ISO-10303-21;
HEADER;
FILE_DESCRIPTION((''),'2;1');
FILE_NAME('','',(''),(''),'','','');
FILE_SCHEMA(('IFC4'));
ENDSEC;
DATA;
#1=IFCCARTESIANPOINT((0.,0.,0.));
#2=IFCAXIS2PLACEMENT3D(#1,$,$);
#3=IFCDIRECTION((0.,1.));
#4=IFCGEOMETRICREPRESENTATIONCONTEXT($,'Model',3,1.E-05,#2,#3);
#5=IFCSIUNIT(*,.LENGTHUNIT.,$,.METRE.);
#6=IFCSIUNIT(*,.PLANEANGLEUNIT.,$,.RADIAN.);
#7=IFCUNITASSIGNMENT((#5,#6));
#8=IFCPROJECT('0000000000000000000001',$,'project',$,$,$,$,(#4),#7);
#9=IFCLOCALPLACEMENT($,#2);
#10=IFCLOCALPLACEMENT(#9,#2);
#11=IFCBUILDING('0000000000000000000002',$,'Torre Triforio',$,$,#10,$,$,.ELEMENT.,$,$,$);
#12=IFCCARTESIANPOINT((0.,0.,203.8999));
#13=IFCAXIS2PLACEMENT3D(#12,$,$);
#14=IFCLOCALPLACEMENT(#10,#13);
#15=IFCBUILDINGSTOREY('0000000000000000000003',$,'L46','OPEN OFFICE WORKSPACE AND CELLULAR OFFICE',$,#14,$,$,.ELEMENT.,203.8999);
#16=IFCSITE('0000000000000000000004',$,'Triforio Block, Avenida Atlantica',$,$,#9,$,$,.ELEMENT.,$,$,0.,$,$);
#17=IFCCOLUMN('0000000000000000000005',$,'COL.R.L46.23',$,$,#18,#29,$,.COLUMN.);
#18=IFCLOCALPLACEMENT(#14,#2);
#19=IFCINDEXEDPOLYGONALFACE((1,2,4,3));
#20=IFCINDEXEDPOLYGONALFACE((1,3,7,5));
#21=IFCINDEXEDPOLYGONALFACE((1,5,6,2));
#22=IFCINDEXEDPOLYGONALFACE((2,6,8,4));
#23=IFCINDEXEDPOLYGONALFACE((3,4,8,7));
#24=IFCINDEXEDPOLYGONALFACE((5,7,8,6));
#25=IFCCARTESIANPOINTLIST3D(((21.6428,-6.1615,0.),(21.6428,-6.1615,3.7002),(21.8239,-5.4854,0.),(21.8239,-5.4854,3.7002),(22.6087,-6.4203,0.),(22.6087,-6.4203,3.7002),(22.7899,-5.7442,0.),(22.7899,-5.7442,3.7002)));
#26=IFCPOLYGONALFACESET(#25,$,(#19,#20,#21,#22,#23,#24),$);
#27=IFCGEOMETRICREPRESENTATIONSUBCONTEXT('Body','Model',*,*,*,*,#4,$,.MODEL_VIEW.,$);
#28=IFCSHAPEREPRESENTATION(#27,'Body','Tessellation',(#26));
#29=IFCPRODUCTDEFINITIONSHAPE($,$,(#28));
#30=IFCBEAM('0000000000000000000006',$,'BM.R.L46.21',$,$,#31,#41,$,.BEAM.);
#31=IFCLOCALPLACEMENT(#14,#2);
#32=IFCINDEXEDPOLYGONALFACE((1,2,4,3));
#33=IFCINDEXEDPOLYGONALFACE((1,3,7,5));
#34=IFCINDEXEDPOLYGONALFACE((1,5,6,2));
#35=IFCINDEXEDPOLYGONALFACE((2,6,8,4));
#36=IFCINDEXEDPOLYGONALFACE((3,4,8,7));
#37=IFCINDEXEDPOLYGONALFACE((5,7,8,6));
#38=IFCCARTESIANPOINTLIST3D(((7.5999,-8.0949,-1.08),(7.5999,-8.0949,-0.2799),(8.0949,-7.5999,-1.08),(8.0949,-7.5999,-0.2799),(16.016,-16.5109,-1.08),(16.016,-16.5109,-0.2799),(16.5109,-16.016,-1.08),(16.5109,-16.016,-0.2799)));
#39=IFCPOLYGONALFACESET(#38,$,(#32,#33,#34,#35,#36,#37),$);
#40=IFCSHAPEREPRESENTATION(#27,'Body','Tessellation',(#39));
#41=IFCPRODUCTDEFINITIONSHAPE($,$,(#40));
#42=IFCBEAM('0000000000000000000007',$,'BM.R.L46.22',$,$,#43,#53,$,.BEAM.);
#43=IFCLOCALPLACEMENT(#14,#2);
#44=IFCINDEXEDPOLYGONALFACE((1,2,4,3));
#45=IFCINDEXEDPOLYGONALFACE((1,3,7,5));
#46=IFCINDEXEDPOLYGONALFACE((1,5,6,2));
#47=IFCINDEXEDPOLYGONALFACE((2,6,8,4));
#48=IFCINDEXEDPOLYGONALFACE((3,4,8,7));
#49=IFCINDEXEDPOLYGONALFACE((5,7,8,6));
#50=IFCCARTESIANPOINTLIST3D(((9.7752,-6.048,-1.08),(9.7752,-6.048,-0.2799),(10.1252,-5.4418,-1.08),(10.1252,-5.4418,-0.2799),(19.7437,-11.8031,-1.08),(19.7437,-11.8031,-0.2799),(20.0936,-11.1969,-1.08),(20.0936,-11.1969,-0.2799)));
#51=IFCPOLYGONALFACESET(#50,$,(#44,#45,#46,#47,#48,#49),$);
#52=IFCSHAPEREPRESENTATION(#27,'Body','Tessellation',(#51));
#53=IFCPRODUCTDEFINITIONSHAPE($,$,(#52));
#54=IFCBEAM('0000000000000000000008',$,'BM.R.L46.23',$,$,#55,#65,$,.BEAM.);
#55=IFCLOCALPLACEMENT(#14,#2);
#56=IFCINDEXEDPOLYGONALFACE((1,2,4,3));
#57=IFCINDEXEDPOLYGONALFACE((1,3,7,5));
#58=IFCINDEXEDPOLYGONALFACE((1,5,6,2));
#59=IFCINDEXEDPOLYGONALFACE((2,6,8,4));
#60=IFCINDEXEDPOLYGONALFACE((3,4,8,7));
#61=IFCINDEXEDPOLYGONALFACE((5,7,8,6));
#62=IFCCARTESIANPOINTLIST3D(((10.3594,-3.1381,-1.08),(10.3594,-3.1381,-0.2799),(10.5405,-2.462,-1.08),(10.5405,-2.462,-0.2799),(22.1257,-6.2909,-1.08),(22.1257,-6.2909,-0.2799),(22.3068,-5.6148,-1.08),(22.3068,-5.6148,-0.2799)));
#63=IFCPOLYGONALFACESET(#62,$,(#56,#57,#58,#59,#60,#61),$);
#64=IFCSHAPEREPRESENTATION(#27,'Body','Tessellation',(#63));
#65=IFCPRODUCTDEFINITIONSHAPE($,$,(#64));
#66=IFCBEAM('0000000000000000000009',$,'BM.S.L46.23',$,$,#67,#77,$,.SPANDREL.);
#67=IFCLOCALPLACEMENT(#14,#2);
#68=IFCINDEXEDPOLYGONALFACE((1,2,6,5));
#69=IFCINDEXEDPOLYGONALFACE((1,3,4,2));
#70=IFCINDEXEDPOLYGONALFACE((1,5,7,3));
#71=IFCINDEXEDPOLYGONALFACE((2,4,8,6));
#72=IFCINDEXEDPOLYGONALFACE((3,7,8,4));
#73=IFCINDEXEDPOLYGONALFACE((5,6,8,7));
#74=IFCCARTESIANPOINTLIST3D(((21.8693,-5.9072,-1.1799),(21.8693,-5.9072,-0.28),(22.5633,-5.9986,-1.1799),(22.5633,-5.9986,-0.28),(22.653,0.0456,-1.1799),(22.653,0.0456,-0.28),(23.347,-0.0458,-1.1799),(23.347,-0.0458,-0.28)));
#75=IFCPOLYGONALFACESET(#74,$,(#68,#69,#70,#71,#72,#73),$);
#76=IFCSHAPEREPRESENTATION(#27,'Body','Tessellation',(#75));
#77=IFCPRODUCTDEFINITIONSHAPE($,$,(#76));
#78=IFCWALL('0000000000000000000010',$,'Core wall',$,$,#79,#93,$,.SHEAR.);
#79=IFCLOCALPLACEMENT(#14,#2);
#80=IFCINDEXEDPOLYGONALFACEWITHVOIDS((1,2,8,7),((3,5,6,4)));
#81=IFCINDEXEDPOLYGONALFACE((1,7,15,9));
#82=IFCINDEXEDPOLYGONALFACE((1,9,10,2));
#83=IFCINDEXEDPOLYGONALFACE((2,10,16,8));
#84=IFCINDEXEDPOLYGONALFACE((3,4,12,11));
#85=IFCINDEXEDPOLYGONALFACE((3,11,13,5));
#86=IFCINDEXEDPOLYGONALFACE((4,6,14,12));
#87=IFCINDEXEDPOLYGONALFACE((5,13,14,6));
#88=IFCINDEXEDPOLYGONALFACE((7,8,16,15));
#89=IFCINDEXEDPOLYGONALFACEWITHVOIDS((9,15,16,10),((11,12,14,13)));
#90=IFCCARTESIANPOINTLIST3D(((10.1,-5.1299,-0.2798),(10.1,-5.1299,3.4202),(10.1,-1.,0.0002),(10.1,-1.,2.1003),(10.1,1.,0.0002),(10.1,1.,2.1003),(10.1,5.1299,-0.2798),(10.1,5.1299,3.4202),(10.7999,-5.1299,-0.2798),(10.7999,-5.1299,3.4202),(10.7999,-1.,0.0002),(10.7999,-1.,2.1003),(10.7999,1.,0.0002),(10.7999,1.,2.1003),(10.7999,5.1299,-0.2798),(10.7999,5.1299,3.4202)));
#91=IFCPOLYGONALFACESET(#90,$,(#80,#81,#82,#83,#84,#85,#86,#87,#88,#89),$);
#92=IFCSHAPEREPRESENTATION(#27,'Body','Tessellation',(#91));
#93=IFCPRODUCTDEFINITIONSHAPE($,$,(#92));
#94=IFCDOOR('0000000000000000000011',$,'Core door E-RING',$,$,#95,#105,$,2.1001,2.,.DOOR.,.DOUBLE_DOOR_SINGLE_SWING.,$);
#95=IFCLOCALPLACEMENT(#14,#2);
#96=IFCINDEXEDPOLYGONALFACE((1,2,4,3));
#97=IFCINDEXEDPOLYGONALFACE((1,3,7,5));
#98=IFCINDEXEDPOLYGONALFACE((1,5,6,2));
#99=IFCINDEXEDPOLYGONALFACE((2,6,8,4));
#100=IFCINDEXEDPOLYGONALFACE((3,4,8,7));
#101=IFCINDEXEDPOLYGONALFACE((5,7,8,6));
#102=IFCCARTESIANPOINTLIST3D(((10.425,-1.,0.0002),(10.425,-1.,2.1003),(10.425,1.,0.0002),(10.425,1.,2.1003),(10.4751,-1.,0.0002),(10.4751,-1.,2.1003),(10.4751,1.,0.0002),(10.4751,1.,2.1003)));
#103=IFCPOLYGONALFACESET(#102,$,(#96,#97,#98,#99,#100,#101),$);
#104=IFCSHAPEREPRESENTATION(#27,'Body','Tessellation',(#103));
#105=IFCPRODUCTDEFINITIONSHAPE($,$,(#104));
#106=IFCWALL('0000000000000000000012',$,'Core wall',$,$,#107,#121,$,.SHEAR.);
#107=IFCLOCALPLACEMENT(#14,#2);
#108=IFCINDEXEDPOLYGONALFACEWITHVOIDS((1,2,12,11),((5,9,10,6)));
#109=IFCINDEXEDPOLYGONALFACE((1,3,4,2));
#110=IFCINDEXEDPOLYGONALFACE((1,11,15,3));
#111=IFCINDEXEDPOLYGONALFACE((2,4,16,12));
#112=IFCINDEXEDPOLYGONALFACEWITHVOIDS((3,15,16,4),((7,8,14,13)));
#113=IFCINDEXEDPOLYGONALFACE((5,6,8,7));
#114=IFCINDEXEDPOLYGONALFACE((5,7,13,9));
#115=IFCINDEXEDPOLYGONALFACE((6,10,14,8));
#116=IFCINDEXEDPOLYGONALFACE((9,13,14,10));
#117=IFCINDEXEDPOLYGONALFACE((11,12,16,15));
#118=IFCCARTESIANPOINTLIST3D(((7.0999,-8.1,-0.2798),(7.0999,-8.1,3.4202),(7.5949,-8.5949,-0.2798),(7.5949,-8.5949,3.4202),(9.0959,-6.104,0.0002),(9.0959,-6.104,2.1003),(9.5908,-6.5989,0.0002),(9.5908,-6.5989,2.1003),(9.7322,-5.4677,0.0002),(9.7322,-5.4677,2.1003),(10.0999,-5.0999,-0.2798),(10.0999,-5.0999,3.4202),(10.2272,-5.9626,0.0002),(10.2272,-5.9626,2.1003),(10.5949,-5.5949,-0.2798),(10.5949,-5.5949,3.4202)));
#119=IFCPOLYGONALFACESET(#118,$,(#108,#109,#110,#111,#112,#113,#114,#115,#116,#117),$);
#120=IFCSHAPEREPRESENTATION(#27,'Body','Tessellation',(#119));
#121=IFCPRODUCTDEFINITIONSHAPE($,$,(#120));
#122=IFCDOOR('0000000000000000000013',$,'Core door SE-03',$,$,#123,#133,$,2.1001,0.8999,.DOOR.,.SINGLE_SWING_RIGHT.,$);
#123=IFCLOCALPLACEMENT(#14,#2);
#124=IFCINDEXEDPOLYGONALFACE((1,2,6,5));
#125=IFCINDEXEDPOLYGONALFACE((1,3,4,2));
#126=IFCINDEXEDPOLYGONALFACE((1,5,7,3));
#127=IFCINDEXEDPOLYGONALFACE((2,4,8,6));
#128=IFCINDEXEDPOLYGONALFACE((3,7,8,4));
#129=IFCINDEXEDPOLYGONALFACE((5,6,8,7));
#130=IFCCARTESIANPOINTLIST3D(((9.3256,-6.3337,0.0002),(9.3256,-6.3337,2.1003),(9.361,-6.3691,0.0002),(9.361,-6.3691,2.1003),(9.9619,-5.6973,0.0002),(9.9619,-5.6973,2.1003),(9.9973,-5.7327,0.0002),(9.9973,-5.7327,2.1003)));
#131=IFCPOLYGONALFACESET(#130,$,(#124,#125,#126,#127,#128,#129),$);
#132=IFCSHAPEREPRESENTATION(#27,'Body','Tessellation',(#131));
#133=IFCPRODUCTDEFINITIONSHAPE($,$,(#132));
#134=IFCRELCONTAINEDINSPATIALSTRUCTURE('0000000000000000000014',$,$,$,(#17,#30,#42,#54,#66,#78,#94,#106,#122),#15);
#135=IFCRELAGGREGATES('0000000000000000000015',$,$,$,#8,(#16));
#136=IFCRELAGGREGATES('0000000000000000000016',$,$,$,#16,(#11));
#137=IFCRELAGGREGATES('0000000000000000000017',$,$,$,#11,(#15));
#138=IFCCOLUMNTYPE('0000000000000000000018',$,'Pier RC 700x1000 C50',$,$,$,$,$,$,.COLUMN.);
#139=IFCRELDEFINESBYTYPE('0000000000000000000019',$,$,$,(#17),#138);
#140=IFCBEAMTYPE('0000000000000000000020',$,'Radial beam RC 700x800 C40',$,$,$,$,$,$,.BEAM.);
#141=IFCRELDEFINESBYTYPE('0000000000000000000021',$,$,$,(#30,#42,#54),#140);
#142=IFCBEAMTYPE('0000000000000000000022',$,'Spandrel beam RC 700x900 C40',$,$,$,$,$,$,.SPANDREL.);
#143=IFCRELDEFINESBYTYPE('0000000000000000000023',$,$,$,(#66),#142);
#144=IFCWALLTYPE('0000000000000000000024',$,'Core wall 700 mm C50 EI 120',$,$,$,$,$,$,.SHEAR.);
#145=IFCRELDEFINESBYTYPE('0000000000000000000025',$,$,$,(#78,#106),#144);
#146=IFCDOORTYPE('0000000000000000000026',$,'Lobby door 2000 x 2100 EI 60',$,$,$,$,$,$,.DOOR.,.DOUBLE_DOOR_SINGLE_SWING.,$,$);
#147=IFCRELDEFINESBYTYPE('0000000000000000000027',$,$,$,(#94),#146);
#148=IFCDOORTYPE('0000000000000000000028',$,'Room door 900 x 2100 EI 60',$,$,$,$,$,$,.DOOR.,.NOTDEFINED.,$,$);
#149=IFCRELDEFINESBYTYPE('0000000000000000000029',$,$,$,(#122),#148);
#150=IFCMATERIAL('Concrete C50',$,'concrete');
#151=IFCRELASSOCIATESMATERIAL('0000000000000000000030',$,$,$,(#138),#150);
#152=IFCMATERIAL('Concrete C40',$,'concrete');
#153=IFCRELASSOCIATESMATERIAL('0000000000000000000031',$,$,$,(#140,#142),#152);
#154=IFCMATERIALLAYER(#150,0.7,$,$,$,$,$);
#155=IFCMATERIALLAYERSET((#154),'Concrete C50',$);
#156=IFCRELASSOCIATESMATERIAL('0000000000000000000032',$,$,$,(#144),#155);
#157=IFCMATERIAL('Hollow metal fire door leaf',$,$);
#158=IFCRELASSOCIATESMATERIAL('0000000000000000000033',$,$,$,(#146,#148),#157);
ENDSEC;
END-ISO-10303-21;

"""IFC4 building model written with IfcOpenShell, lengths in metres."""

from ifc_helpers import new_model, si_unit, direction, frame, frame_2d, origin, origin_2d, place, context, subcontext, project, spatial, rectangle, extrude, material, layer, layer_set, material_profile, profile_set, type_object, element, fill, save


model = new_model("IFC4")

# Units and contexts
model_context = context("Model", 3, precision=1e-05, world=origin(), true_north=direction((0.0, 1.0)))
body_context = subcontext(model_context, "Body", "Model", "MODEL_VIEW")
ifc_project = project(units=[si_unit("LENGTHUNIT", "METRE"), si_unit("PLANEANGLEUNIT", "RADIAN")], contexts=[model_context])

# Site, building, storey
site_placement = place(None, origin())
site = spatial("IfcSite", under=ifc_project, at=site_placement, Name="Triforio Block, Avenida Atlantica", CompositionType="ELEMENT", RefElevation=0.0)
building_placement = place(site_placement, origin())
building = spatial("IfcBuilding", under=site, at=building_placement, Name="Torre Triforio", CompositionType="ELEMENT")
storey_placement = place(building_placement, frame((0.0, 0.0, 203.8999)))
storey = spatial("IfcBuildingStorey", under=building, at=storey_placement, Name="L46", Description="OPEN OFFICE WORKSPACE AND CELLULAR OFFICE", CompositionType="ELEMENT", Elevation=203.8999)

# Column
ifc_material_1 = material(Name="Concrete C50", Category="concrete")
ifc_material_profile_1 = material_profile(ifc_material_1, rectangle(XDim=0.7, YDim=1.0, at=origin_2d()), Name="RC 700x1000")
ifc_profile_set_1 = profile_set([ifc_material_profile_1], Name="Concrete C50")
column_type = type_object("IfcColumnType", Name="Pier RC 700x1000 C50", PredefinedType="COLUMN", material=ifc_profile_set_1)
column_placement = place(storey_placement, frame((22.2163, -5.9529, 0.0), z_axis=(0.0, 0.0, 1.0), x_axis=(0.258819, 0.965926, 0.0)))
element("IfcColumn", 1, at=column_placement, inside=storey, type_object=column_type, Name="COL.R.L46.23", PredefinedType="COLUMN", context=body_context, shape_type="SweptSolid", body=[
    extrude(rectangle(XDim=0.7, YDim=1.0, at=origin_2d()), origin(), (0.0, 0.0, 1.0), 3.7002),
])

# Beams
ifc_material_2 = material(Name="Concrete C40", Category="concrete")
ifc_material_profile_2 = material_profile(ifc_material_2, rectangle(XDim=0.7, YDim=0.8, at=origin_2d()), Name="RC 700x800")
ifc_profile_set_2 = profile_set([ifc_material_profile_2], Name="Concrete C40")
beam_type_1 = type_object("IfcBeamType", Name="Radial beam RC 700x800 C40", PredefinedType="BEAM", material=ifc_profile_set_2)
beam_1_placement = place(storey_placement, frame((7.8474, -7.8474, -0.6799), z_axis=(0.707107, -0.707107, 0.0), x_axis=(0.707107, 0.707107, 0.0)))
element("IfcBeam", 2, at=beam_1_placement, inside=storey, type_object=beam_type_1, Name="BM.R.L46.21", PredefinedType="BEAM", context=body_context, shape_type="SweptSolid", body=[
    extrude(rectangle(XDim=0.7, YDim=0.8, at=origin_2d()), origin(), (0.0, 0.0, 1.0), 11.9021),
])
beam_2_placement = place(storey_placement, frame((9.9502, -5.7449, -0.6799), z_axis=(0.866033, -0.499987, 0.0), x_axis=(0.499987, 0.866033, 0.0)))
element("IfcBeam", 3, at=beam_2_placement, inside=storey, type_object=beam_type_1, Name="BM.R.L46.22", PredefinedType="BEAM", context=body_context, shape_type="SweptSolid", body=[
    extrude(rectangle(XDim=0.7, YDim=0.8, at=origin_2d()), origin(), (0.0, 0.0, 1.0), 11.5105),
])
beam_3_placement = place(storey_placement, frame((10.45, -2.8, -0.6799), z_axis=(0.965925, -0.258823, 0.0), x_axis=(0.258823, 0.965925, 0.0)))
element("IfcBeam", 4, at=beam_3_placement, inside=storey, type_object=beam_type_1, Name="BM.R.L46.23", PredefinedType="BEAM", context=body_context, shape_type="SweptSolid", body=[
    extrude(rectangle(XDim=0.7, YDim=0.8, at=origin_2d()), origin(), (0.0, 0.0, 1.0), 12.1814),
])
ifc_material_profile_3 = material_profile(ifc_material_2, rectangle(XDim=0.7, YDim=0.8999, at=origin_2d()), Name="RC 700x900")
ifc_profile_set_3 = profile_set([ifc_material_profile_3], Name="Concrete C40")
beam_type_2 = type_object("IfcBeamType", Name="Spandrel beam RC 700x900 C40", PredefinedType="SPANDREL", material=ifc_profile_set_3)
beam_4_placement = place(storey_placement, frame((22.2163, -5.9529, -0.73), z_axis=(0.130523, 0.991445, 0.0), x_axis=(-0.991445, 0.130523, 0.0)))
element("IfcBeam", 5, at=beam_4_placement, inside=storey, type_object=beam_type_2, Name="BM.S.L46.23", PredefinedType="SPANDREL", context=body_context, shape_type="SweptSolid", body=[
    extrude(rectangle(XDim=0.7, YDim=0.8999, at=origin_2d()), origin(), (0.0, 0.0, 1.0), 6.0042),
])

# Walls, openings, doors
ifc_layer_1 = layer(ifc_material_1, 0.7)
ifc_layer_set_1 = layer_set([ifc_layer_1], Name="Concrete C50")
wall_type_1 = type_object("IfcWallType", Name="Core wall 700 mm C50 EI 120", PredefinedType="SHEAR", material=ifc_layer_set_1)
wall_1_placement = place(storey_placement, frame((10.45, -5.1299, -0.2798), z_axis=(0.0, 0.0, 1.0), x_axis=(0.0, 1.0, 0.0)))
wall_1 = element("IfcWall", 6, at=wall_1_placement, inside=storey, type_object=wall_type_1, Name="Core wall", PredefinedType="SHEAR", context=body_context, shape_type="SweptSolid", body=[
    extrude(rectangle(XDim=10.2598, YDim=0.7, at=frame_2d((5.1299, 0.0))), origin(), (0.0, 0.0, 1.0), 3.7),
])
opening_1_placement = place(wall_1_placement, frame((4.1299, 0.0, 0.28)))
opening_1 = element("IfcOpeningElement", 7, at=opening_1_placement, cuts=wall_1, PredefinedType="OPENING", context=body_context, shape_type="SweptSolid", body=[
    extrude(rectangle(XDim=2.0, YDim=2.1001, at=frame_2d((1.0, 1.05))), frame((0.0, 0.3599, 0.0), z_axis=(0.0, -1.0, 0.0), x_axis=(1.0, 0.0, 0.0)), (0.0, 0.0, 1.0), 0.72),
])
ifc_material_3 = material(Name="Hollow metal fire door leaf")
door_type_1 = type_object("IfcDoorType", Name="Lobby door 2000 x 2100 EI 60", OperationType="DOUBLE_DOOR_SINGLE_SWING", PredefinedType="DOOR", material=ifc_material_3)
door_1_placement = place(opening_1_placement, origin())
door_1 = element("IfcDoor", 8, at=door_1_placement, inside=storey, type_object=door_type_1, Name="Core door E-RING", OperationType="DOUBLE_DOOR_SINGLE_SWING", OverallHeight=2.1001, OverallWidth=2.0, PredefinedType="DOOR", context=body_context, shape_type="SweptSolid", body=[
    extrude(rectangle(XDim=2.0, YDim=2.1001, at=frame_2d((1.0, 1.05))), frame((0.0, 0.0249, 0.0), z_axis=(0.0, -1.0, 0.0), x_axis=(1.0, 0.0, 0.0)), (0.0, 0.0, 1.0), 0.05),
])
fill(opening_1, door_1)
wall_2_placement = place(storey_placement, frame((10.3474, -5.3474, -0.2798), z_axis=(0.0, 0.0, 1.0), x_axis=(-0.707107, -0.707107, 0.0)))
wall_2 = element("IfcWall", 9, at=wall_2_placement, inside=storey, type_object=wall_type_1, Name="Core wall", PredefinedType="SHEAR", context=body_context, shape_type="SweptSolid", body=[
    extrude(rectangle(XDim=4.2427, YDim=0.7, at=frame_2d((2.1213, 0.0))), origin(), (0.0, 0.0, 1.0), 3.7),
])
opening_2_placement = place(wall_2_placement, frame((0.52, 0.0, 0.28)))
opening_2 = element("IfcOpeningElement", 10, at=opening_2_placement, cuts=wall_2, PredefinedType="OPENING", context=body_context, shape_type="SweptSolid", body=[
    extrude(rectangle(XDim=0.8999, YDim=2.1001, at=frame_2d((0.45, 1.05))), frame((0.0, 0.3599, 0.0), z_axis=(0.0, -1.0, 0.0), x_axis=(1.0, 0.0, 0.0)), (0.0, 0.0, 1.0), 0.72),
])
door_type_2 = type_object("IfcDoorType", Name="Room door 900 x 2100 EI 60", OperationType="NOTDEFINED", PredefinedType="DOOR", material=ifc_material_3)
door_2_placement = place(opening_2_placement, origin())
door_2 = element("IfcDoor", 11, at=door_2_placement, inside=storey, type_object=door_type_2, Name="Core door SE-03", OperationType="SINGLE_SWING_RIGHT", OverallHeight=2.1001, OverallWidth=0.8999, PredefinedType="DOOR", context=body_context, shape_type="SweptSolid", body=[
    extrude(rectangle(XDim=0.8999, YDim=2.1001, at=frame_2d((0.45, 1.05))), frame((0.0, 0.0249, 0.0), z_axis=(0.0, -1.0, 0.0), x_axis=(1.0, 0.0, 0.0)), (0.0, 0.0, 1.0), 0.05),
])
fill(opening_2, door_2)

save(model, "model.ifc")
